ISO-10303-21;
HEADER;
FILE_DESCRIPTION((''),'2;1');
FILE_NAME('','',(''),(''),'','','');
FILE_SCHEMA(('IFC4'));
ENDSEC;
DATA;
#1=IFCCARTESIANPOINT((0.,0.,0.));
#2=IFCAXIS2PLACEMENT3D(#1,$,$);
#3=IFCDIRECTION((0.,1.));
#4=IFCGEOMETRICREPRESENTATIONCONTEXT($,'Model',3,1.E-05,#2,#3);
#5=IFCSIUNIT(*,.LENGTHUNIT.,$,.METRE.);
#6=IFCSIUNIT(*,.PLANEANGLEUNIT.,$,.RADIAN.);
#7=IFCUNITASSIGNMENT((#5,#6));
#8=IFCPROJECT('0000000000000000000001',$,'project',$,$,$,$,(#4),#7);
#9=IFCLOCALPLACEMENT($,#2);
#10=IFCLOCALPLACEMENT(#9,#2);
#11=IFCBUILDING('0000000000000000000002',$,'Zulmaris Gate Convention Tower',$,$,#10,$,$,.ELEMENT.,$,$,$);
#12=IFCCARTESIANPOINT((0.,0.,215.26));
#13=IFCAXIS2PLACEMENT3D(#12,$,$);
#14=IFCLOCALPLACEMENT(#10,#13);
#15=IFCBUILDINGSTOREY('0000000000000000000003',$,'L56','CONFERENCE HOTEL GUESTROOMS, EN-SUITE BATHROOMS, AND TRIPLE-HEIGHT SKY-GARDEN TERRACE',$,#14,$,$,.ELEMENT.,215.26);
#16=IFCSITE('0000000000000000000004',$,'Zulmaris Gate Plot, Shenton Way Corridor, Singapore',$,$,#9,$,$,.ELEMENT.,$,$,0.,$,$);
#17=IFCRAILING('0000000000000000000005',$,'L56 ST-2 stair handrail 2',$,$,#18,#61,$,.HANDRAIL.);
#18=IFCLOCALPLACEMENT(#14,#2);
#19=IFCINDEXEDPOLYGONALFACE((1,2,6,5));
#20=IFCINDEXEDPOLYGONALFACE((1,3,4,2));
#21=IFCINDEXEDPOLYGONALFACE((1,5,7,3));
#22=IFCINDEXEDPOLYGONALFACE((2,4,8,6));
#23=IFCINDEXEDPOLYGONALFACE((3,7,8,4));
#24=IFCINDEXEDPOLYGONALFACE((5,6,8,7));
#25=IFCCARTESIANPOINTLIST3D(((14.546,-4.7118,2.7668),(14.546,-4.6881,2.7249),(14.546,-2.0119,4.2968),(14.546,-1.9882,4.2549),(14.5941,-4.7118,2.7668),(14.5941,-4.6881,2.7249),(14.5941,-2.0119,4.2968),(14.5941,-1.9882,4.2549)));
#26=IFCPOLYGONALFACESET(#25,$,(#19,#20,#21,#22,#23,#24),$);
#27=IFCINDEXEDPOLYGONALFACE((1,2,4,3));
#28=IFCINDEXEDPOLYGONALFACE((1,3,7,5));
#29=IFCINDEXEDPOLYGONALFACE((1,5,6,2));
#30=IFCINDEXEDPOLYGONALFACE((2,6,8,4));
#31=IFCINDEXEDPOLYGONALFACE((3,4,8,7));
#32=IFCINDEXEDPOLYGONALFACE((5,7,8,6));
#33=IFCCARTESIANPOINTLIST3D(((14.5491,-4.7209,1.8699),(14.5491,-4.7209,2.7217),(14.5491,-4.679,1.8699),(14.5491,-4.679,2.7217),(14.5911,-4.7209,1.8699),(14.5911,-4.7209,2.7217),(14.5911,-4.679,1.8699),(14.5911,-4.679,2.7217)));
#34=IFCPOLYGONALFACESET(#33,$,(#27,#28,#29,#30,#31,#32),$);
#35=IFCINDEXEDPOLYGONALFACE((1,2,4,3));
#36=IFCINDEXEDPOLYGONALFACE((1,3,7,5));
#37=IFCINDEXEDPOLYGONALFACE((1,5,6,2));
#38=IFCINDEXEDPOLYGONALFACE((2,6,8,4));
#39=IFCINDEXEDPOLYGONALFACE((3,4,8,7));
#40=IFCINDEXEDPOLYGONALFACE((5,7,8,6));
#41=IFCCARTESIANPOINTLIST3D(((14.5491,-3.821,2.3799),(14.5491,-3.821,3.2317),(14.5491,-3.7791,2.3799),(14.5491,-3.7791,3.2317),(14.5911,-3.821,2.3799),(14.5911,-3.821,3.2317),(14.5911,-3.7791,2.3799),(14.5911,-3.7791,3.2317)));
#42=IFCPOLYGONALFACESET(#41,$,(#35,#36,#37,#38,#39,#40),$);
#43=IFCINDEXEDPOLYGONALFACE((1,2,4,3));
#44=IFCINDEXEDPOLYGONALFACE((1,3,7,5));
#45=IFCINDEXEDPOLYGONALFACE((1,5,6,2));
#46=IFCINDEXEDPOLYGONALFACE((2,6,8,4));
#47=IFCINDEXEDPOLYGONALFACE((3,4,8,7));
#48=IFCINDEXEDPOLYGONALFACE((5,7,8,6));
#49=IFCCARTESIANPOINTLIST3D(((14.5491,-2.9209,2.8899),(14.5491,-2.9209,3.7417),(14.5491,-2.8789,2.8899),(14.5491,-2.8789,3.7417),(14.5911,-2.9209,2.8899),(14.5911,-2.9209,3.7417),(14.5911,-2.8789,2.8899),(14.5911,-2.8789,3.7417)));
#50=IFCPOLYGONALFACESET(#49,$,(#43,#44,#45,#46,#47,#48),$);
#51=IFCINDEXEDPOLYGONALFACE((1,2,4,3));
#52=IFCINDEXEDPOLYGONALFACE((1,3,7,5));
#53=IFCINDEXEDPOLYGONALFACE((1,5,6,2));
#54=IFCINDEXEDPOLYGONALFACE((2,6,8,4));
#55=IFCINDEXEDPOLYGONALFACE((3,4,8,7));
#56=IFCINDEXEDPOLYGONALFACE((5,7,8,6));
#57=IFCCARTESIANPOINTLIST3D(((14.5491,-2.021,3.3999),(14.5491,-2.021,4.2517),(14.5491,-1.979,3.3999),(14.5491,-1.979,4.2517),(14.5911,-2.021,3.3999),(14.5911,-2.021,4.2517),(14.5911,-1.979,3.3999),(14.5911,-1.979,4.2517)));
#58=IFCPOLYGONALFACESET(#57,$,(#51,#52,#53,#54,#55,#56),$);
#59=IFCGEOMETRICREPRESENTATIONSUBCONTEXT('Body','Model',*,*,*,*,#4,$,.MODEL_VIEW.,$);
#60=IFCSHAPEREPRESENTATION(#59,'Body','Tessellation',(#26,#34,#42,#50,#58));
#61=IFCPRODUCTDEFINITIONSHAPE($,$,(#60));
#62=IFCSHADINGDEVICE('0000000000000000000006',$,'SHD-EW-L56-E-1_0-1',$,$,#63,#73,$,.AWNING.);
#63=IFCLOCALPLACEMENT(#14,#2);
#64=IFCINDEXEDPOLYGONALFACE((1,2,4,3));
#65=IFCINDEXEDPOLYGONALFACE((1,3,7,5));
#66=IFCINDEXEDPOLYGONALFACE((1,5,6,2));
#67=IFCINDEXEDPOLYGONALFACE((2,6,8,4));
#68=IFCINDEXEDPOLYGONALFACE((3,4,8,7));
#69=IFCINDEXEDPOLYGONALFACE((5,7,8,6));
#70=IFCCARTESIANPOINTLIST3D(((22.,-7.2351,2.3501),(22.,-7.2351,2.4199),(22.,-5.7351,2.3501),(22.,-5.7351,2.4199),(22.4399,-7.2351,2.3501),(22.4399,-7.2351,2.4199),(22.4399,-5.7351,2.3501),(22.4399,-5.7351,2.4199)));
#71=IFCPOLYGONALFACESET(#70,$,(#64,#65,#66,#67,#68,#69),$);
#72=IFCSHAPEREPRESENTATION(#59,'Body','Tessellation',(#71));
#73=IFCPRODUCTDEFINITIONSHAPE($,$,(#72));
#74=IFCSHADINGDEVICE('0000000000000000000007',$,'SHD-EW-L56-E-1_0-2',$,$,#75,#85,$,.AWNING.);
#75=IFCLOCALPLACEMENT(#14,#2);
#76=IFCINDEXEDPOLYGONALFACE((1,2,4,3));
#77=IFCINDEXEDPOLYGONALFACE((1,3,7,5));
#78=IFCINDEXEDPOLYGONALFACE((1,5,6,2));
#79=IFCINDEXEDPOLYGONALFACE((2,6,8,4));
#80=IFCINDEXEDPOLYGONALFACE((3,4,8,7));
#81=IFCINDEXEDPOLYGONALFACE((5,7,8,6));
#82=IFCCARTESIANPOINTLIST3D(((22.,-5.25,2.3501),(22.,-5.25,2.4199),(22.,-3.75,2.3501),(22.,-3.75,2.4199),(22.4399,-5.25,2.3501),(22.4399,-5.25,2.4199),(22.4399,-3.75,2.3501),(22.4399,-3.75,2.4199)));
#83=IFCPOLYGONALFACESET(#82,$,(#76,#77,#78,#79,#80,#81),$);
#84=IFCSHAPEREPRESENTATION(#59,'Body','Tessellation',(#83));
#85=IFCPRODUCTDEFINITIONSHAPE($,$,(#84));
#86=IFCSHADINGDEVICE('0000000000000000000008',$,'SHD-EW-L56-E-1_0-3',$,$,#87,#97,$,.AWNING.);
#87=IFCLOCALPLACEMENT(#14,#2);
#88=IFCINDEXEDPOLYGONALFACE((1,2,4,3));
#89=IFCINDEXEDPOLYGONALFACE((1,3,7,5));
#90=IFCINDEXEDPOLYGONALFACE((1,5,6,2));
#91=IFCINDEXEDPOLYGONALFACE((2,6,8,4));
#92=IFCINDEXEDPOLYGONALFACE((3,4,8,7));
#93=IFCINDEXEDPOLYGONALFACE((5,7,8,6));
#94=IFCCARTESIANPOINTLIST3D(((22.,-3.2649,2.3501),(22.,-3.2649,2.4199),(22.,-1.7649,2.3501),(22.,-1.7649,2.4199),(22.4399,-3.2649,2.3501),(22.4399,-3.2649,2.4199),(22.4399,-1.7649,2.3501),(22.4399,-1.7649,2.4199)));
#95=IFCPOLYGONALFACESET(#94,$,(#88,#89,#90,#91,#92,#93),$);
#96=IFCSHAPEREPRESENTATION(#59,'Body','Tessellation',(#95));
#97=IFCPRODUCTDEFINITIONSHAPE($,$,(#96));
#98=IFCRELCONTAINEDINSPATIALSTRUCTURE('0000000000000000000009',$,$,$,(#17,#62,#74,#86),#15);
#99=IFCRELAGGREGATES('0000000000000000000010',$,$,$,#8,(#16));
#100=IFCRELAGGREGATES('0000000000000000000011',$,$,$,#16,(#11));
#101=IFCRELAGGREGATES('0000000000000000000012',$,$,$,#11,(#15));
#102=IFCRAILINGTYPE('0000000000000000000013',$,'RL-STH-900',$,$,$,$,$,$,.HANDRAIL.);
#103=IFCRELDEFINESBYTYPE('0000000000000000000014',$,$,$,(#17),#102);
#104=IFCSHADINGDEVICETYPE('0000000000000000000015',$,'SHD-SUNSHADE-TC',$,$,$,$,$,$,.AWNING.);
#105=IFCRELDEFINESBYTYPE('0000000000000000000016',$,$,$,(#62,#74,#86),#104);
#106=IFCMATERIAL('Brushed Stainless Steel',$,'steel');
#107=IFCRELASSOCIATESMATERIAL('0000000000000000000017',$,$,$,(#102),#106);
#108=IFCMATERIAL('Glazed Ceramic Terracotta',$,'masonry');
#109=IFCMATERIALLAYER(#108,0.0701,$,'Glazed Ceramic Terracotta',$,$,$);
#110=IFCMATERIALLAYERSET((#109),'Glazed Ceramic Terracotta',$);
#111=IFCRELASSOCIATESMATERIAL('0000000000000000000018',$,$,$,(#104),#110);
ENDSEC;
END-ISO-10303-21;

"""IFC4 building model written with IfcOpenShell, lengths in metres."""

from ifc_helpers import new_model, si_unit, direction, frame, frame_2d, origin, origin_2d, place, context, subcontext, project, spatial, rectangle, extrude, material, layer, layer_set, type_object, element, save


model = new_model("IFC4")

# Units and contexts
model_context = context("Model", 3, precision=1e-05, world=origin(), true_north=direction((0.0, 1.0)))
body_context = subcontext(model_context, "Body", "Model", "MODEL_VIEW")
ifc_project = project(units=[si_unit("LENGTHUNIT", "METRE"), si_unit("PLANEANGLEUNIT", "RADIAN")], contexts=[model_context])

# Site, building, storey
site_placement = place(None, origin())
site = spatial("IfcSite", under=ifc_project, at=site_placement, Name="Zulmaris Gate Plot, Shenton Way Corridor, Singapore", CompositionType="ELEMENT", RefElevation=0.0)
building_placement = place(site_placement, origin())
building = spatial("IfcBuilding", under=site, at=building_placement, Name="Zulmaris Gate Convention Tower", CompositionType="ELEMENT")
storey_placement = place(building_placement, frame((0.0, 0.0, 215.26)))
storey = spatial("IfcBuildingStorey", under=building, at=storey_placement, Name="L56", Description="CONFERENCE HOTEL GUESTROOMS, EN-SUITE BATHROOMS, AND TRIPLE-HEIGHT SKY-GARDEN TERRACE", CompositionType="ELEMENT", Elevation=215.26)

# Railing
ifc_material_1 = material(Name="Brushed Stainless Steel", Category="steel")
railing_type_1 = type_object("IfcRailingType", Name="RL-STH-900", PredefinedType="HANDRAIL", material=ifc_material_1)
railing_1_placement = place(storey_placement, frame((14.5701, -4.7, 1.8699)))
element("IfcRailing", 1, at=railing_1_placement, inside=storey, type_object=railing_type_1, Name="L56 ST-2 stair handrail 2", PredefinedType="HANDRAIL", context=body_context, shape_type="SweptSolid", body=[
    extrude(rectangle(XDim=0.0481, YDim=0.0481, at=origin_2d()), frame((0.0, 0.0, 0.876), z_axis=(0.0, 0.870014, 0.493026), x_axis=(-1.0, 0.0, 0.0)), (0.0, 0.0, 1.0), 3.1033),
    extrude(rectangle(XDim=0.042, YDim=0.042, at=origin_2d()), origin(), (0.0, 0.0, 1.0), 0.8518),
    extrude(rectangle(XDim=0.042, YDim=0.042, at=origin_2d()), frame((0.0, 0.8999, 0.51)), (0.0, 0.0, 1.0), 0.8518),
    extrude(rectangle(XDim=0.042, YDim=0.042, at=origin_2d()), frame((0.0, 1.8, 1.02)), (0.0, 0.0, 1.0), 0.8518),
    extrude(rectangle(XDim=0.042, YDim=0.042, at=origin_2d()), frame((0.0, 2.7, 1.53)), (0.0, 0.0, 1.0), 0.8518),
])

# Shading devices
ifc_material_2 = material(Name="Glazed Ceramic Terracotta", Category="masonry")
ifc_layer_1 = layer(ifc_material_2, 0.0701, Name="Glazed Ceramic Terracotta")
ifc_layer_set_1 = layer_set([ifc_layer_1], Name="Glazed Ceramic Terracotta")
shading_device_type = type_object("IfcShadingDeviceType", Name="SHD-SUNSHADE-TC", PredefinedType="AWNING", material=ifc_layer_set_1)
for number, where, z_axis, x_axis, name in (
    (2, (22.22, -7.2351, 2.3501), (0.0, 0.0, 1.0), (0.0, 1.0, 0.0), "SHD-EW-L56-E-1_0-1"),
    (3, (22.22, -5.25, 2.3501), (0.0, 0.0, 1.0), (0.0, 1.0, 0.0), "SHD-EW-L56-E-1_0-2"),
    (4, (22.22, -3.2649, 2.3501), (0.0, 0.0, 1.0), (0.0, 1.0, 0.0), "SHD-EW-L56-E-1_0-3"),
):
    element("IfcShadingDevice", number, at=place(storey_placement, frame(where, z_axis=z_axis, x_axis=x_axis)), inside=storey, type_object=shading_device_type, Name=name, PredefinedType="AWNING", context=body_context, shape_type="SweptSolid", body=[
        extrude(rectangle(XDim=1.5, YDim=0.4399, at=frame_2d((0.75, 0.0))), origin(), (0.0, 0.0, 1.0), 0.0698),
    ])

save(model, "model.ifc")
